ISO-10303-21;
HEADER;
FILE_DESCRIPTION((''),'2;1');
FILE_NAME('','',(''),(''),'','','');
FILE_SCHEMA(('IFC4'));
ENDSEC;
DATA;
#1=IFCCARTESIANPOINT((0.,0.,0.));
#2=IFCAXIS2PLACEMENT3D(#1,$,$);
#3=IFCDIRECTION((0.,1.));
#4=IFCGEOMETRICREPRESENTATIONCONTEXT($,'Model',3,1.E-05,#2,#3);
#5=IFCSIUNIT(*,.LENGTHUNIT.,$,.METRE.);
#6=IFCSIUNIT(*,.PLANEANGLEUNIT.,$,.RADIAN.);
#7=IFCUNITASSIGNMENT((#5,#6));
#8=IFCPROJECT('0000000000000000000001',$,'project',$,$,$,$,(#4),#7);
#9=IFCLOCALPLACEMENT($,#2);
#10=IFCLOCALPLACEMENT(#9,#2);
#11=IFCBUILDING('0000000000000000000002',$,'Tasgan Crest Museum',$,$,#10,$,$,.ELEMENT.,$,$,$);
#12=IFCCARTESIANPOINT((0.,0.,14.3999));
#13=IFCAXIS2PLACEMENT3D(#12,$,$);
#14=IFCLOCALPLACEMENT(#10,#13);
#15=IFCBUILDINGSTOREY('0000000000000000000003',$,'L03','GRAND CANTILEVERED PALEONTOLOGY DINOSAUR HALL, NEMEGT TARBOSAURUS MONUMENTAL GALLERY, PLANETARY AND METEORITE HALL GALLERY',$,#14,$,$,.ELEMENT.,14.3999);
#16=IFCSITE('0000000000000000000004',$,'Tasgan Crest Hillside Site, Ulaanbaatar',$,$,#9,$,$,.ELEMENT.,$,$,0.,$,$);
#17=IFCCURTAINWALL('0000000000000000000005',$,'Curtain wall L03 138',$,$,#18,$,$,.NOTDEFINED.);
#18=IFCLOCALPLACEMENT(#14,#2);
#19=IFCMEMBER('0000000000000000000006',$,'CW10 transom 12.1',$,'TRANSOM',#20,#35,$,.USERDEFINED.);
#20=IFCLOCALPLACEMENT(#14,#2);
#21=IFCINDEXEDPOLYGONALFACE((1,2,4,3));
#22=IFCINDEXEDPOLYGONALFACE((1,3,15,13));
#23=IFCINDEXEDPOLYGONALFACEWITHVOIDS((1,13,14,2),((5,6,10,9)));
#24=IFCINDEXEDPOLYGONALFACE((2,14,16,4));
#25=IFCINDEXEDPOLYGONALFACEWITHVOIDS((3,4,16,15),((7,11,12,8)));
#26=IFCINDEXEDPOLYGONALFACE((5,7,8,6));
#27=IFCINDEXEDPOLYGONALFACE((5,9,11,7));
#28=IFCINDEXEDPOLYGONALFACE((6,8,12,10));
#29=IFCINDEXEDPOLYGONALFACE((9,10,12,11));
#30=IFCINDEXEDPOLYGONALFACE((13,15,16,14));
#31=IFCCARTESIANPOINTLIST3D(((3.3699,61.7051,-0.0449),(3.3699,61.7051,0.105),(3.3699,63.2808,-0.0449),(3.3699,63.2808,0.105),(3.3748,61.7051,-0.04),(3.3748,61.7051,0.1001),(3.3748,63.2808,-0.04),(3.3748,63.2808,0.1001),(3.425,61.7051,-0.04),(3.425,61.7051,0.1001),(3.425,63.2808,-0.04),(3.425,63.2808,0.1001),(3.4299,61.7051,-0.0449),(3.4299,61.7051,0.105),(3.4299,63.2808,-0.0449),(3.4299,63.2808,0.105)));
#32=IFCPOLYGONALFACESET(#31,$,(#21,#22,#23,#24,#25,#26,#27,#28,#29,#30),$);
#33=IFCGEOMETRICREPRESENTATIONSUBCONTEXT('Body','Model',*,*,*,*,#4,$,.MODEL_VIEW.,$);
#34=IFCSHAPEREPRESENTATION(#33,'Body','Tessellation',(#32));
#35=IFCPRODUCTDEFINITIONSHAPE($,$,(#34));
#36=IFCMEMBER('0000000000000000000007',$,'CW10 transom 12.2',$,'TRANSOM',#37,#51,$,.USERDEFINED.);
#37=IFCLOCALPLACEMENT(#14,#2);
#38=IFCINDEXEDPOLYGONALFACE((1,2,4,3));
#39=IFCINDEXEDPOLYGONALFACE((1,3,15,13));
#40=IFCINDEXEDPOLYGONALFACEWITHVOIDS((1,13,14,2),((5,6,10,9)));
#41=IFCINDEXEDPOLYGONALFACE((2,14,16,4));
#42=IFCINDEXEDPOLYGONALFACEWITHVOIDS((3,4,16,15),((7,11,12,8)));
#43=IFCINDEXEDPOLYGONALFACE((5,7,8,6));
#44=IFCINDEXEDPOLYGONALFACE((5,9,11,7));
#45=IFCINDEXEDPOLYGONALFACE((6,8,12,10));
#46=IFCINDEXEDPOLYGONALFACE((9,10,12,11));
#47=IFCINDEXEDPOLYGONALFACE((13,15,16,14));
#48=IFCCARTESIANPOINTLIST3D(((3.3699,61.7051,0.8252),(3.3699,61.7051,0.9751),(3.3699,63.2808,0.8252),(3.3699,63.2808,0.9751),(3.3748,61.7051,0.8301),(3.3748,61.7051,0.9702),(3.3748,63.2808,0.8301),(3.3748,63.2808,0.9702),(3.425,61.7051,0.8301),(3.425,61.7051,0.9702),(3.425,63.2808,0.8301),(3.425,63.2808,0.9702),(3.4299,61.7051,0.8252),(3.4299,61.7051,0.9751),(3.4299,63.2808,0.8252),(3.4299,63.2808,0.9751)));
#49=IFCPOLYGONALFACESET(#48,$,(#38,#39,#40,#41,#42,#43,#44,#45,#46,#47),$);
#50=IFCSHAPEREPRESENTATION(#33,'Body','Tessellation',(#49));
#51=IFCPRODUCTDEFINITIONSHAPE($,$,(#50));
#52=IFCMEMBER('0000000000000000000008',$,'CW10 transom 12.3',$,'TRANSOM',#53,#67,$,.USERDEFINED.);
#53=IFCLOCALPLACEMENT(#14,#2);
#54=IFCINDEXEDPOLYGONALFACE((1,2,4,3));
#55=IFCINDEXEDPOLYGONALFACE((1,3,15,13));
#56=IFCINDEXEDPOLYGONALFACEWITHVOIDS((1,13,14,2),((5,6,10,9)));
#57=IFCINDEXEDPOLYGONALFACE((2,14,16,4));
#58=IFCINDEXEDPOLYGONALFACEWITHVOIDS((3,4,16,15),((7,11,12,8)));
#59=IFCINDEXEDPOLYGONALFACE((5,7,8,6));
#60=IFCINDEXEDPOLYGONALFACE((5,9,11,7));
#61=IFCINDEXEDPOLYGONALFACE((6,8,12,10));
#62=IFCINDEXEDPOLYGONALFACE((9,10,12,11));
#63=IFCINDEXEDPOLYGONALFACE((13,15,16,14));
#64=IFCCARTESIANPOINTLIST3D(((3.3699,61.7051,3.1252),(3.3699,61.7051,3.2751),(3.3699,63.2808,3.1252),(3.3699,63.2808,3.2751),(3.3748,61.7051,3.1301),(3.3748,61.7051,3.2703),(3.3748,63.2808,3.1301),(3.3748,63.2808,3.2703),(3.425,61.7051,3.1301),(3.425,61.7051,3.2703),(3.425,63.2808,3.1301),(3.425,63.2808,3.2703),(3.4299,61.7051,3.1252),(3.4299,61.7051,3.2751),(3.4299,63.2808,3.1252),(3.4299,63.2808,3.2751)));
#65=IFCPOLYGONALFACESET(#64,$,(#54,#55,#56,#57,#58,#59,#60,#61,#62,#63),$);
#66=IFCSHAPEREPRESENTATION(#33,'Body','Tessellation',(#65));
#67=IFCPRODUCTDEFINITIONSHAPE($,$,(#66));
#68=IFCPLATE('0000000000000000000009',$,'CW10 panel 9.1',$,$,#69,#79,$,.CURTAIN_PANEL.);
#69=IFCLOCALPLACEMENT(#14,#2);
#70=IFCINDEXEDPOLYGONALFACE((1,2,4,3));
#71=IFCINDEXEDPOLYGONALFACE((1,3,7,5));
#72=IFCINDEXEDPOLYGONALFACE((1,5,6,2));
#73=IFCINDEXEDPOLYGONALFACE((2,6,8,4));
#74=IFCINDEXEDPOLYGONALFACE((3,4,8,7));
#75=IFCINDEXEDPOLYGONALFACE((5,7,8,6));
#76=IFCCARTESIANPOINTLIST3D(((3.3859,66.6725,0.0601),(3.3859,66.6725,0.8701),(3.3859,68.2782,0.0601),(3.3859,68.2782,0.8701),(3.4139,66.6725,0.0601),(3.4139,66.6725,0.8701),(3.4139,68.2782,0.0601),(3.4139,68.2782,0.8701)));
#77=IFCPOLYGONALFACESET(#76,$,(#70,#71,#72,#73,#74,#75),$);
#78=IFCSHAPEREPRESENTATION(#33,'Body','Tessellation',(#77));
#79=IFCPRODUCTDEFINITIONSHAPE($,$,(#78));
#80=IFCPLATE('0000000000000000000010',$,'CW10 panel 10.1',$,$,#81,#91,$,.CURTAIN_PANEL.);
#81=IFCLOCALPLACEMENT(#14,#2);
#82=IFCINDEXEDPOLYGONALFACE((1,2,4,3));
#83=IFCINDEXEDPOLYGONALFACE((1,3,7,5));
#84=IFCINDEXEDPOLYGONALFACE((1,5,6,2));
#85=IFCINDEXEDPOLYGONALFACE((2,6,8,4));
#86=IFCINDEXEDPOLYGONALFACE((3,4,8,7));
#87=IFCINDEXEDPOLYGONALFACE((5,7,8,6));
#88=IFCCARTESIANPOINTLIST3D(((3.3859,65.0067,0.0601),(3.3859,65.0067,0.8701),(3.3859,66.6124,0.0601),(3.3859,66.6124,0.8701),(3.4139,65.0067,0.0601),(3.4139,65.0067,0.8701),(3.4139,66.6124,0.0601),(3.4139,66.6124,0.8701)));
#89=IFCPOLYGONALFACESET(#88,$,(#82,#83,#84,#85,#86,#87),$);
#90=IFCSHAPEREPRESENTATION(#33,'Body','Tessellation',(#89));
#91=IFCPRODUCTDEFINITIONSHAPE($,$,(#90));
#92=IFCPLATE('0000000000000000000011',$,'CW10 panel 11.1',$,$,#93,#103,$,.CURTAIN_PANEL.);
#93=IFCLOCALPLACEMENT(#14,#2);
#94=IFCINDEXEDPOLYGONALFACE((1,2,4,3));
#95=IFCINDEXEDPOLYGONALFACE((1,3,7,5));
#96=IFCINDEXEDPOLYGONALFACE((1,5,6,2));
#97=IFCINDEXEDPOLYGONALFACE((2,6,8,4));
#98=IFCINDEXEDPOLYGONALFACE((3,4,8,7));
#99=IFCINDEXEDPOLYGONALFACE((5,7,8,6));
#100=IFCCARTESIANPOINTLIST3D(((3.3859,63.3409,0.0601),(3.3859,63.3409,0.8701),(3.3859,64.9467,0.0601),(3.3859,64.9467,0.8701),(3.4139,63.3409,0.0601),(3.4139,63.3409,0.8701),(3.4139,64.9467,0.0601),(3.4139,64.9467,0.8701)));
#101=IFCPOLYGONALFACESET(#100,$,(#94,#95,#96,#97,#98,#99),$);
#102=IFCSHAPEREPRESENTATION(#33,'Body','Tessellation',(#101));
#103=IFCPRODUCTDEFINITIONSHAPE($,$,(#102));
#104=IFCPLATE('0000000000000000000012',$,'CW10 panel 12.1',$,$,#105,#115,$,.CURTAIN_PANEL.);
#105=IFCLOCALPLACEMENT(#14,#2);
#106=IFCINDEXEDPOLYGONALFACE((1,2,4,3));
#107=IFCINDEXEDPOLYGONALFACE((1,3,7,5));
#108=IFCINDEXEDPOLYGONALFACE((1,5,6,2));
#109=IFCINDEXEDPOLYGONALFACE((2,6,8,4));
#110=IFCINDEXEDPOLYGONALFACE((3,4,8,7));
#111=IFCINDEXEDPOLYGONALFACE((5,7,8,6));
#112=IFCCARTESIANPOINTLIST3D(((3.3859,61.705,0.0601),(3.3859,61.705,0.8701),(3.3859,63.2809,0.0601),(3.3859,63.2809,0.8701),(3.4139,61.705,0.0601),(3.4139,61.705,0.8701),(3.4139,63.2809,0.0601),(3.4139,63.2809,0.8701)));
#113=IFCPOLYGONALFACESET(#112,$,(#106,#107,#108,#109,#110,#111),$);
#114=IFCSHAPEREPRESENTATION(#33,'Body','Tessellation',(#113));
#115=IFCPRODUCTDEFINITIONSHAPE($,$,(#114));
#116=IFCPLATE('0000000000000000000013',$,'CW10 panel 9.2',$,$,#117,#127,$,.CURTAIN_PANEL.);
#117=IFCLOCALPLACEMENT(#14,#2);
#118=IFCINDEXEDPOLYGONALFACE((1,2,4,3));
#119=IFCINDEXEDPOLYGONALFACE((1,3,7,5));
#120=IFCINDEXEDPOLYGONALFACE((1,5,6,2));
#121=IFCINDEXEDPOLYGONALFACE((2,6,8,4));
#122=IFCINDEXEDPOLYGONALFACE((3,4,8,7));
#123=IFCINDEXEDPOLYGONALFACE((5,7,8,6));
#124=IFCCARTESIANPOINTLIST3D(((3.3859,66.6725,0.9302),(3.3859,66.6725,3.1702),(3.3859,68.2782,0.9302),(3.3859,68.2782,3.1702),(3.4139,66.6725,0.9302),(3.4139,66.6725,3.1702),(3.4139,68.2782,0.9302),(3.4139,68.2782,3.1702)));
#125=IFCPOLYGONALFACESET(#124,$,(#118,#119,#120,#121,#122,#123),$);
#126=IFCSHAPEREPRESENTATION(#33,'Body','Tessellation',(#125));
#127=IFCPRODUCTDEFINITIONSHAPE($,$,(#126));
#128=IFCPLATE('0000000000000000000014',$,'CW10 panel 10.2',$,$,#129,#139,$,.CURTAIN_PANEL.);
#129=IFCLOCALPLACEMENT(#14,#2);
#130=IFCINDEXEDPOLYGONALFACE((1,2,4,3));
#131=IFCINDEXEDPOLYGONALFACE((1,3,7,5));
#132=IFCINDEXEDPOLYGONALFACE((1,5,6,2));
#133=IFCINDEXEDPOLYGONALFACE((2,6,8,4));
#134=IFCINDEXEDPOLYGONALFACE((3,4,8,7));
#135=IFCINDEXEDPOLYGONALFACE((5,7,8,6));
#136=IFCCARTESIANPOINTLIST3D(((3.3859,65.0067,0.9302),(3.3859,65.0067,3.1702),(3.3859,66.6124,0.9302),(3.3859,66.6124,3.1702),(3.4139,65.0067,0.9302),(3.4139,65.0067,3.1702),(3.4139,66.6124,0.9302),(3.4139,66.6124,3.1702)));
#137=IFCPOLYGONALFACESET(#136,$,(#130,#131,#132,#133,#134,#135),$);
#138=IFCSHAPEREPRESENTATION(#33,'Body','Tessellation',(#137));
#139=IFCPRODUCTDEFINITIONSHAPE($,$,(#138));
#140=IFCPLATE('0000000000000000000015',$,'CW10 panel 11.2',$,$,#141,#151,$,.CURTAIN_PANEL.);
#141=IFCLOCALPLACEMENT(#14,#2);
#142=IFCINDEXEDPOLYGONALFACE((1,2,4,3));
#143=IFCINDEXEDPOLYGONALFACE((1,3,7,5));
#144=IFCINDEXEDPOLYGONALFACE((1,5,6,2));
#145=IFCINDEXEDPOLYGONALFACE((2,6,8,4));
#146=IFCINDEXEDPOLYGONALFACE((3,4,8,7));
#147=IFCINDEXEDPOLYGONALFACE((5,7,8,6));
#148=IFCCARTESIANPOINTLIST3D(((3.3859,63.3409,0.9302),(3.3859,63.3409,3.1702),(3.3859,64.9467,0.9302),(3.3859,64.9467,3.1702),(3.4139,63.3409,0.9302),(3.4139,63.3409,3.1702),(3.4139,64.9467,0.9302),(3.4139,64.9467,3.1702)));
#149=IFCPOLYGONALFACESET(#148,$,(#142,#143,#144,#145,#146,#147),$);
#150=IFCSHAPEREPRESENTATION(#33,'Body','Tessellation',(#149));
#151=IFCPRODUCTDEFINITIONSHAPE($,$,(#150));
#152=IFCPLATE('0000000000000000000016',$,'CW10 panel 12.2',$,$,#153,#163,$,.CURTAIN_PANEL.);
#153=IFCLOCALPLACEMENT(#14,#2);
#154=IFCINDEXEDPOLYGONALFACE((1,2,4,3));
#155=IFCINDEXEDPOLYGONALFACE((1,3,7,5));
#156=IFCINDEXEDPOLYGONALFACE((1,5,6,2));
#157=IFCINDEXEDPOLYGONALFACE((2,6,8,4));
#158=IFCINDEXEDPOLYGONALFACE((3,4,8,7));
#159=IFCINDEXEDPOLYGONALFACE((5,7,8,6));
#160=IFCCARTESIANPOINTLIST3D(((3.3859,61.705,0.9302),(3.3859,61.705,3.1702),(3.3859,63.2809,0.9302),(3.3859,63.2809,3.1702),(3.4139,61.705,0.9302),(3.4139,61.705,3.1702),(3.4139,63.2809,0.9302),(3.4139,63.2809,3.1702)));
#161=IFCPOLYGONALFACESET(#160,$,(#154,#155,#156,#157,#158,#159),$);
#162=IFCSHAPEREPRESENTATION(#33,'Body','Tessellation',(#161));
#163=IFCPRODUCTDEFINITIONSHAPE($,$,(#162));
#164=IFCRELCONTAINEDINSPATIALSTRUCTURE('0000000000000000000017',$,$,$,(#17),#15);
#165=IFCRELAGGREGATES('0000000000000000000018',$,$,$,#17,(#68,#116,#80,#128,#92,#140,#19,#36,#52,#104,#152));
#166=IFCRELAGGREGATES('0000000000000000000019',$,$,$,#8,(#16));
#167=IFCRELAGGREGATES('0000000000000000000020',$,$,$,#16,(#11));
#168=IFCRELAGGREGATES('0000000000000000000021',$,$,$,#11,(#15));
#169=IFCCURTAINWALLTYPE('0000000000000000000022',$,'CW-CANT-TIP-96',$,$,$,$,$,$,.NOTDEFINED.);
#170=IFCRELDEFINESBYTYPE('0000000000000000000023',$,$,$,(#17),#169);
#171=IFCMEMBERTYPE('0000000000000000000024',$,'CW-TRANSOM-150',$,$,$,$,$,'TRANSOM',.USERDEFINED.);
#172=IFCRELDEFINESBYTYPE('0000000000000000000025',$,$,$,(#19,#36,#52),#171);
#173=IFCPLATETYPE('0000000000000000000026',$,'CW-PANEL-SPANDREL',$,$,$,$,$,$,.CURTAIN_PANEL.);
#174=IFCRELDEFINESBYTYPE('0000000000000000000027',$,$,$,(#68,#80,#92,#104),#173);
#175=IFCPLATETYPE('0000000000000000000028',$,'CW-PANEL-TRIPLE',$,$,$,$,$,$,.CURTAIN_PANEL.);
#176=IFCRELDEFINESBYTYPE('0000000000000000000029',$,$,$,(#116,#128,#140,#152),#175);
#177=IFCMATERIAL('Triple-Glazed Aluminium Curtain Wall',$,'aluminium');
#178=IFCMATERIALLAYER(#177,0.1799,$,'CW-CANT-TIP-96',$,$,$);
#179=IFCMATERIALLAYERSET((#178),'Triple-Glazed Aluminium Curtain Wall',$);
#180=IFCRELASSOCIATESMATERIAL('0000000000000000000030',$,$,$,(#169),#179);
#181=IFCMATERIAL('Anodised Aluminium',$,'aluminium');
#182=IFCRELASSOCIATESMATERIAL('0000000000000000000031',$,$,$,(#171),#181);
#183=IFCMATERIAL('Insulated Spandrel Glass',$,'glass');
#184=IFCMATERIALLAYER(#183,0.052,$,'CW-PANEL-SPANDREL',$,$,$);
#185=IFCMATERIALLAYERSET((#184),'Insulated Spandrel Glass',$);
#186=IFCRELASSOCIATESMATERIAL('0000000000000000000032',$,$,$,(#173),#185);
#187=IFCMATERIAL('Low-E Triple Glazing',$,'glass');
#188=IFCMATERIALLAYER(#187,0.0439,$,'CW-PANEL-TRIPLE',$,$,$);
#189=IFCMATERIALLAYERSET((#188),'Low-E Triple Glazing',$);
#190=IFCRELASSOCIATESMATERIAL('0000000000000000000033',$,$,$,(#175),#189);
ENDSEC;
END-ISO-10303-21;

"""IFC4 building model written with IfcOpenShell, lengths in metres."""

from ifc_helpers import new_model, si_unit, direction, frame, origin, origin_2d, place, context, subcontext, project, spatial, rectangle, hollow_rectangle, extrude, material, layer, layer_set, material_profile, profile_set, type_object, element, aggregate, save


model = new_model("IFC4")

# Units and contexts
model_context = context("Model", 3, precision=1e-05, world=origin(), true_north=direction((0.0, 1.0)))
body_context = subcontext(model_context, "Body", "Model", "MODEL_VIEW")
ifc_project = project(units=[si_unit("LENGTHUNIT", "METRE"), si_unit("PLANEANGLEUNIT", "RADIAN")], contexts=[model_context])

# Site, building, storey
site_placement = place(None, origin())
site = spatial("IfcSite", under=ifc_project, at=site_placement, Name="Tasgan Crest Hillside Site, Ulaanbaatar", CompositionType="ELEMENT", RefElevation=0.0)
building_placement = place(site_placement, origin())
building = spatial("IfcBuilding", under=site, at=building_placement, Name="Tasgan Crest Museum", CompositionType="ELEMENT")
storey_placement = place(building_placement, frame((0.0, 0.0, 14.3999)))
storey = spatial("IfcBuildingStorey", under=building, at=storey_placement, Name="L03", Description="GRAND CANTILEVERED PALEONTOLOGY DINOSAUR HALL, NEMEGT TARBOSAURUS MONUMENTAL GALLERY, PLANETARY AND METEORITE HALL GALLERY", CompositionType="ELEMENT", Elevation=14.3999)

# Curtain wall, members, plates
ifc_material_1 = material(Name="Triple-Glazed Aluminium Curtain Wall", Category="aluminium")
ifc_layer_1 = layer(ifc_material_1, 0.1799, Name="CW-CANT-TIP-96")
ifc_layer_set_1 = layer_set([ifc_layer_1], Name="Triple-Glazed Aluminium Curtain Wall")
curtain_wall_type = type_object("IfcCurtainWallType", Name="CW-CANT-TIP-96", PredefinedType="NOTDEFINED", material=ifc_layer_set_1)
curtain_wall_placement = place(storey_placement, origin())
curtain_wall = element("IfcCurtainWall", 1, at=curtain_wall_placement, inside=storey, type_object=curtain_wall_type, Name="Curtain wall L03 138", PredefinedType="NOTDEFINED")
ifc_material_2 = material(Name="Anodised Aluminium", Category="aluminium")
ifc_material_profile_1 = material_profile(ifc_material_2, hollow_rectangle(XDim=0.0601, YDim=0.1499, WallThickness=0.0049, at=origin_2d()), Name="ALU TRANSOM 150x60x5")
ifc_profile_set_1 = profile_set([ifc_material_profile_1], Name="Anodised Aluminium")
member_type_1 = type_object("IfcMemberType", Name="CW-TRANSOM-150", ElementType="TRANSOM", PredefinedType="USERDEFINED", material=ifc_profile_set_1)
member_1_placement = place(storey_placement, frame((3.3999, 63.2808, 0.03), z_axis=(0.0, -1.0, 0.0), x_axis=(1.0, 0.0, 0.0)))
member_1 = element("IfcMember", 2, at=member_1_placement, type_object=member_type_1, Name="CW10 transom 12.1", ObjectType="TRANSOM", PredefinedType="USERDEFINED", context=body_context, shape_type="SweptSolid", body=[
    extrude(hollow_rectangle(XDim=0.0601, YDim=0.1499, WallThickness=0.0049, at=origin_2d()), origin(), (0.0, 0.0, 1.0), 1.5757),
])
member_2_placement = place(storey_placement, frame((3.3999, 63.2808, 0.9001), z_axis=(0.0, -1.0, 0.0), x_axis=(1.0, 0.0, 0.0)))
member_2 = element("IfcMember", 3, at=member_2_placement, type_object=member_type_1, Name="CW10 transom 12.2", ObjectType="TRANSOM", PredefinedType="USERDEFINED", context=body_context, shape_type="SweptSolid", body=[
    extrude(hollow_rectangle(XDim=0.0601, YDim=0.1499, WallThickness=0.0049, at=origin_2d()), origin(), (0.0, 0.0, 1.0), 1.5757),
])
member_3_placement = place(storey_placement, frame((3.3999, 63.2808, 3.2002), z_axis=(0.0, -1.0, 0.0), x_axis=(1.0, 0.0, 0.0)))
member_3 = element("IfcMember", 4, at=member_3_placement, type_object=member_type_1, Name="CW10 transom 12.3", ObjectType="TRANSOM", PredefinedType="USERDEFINED", context=body_context, shape_type="SweptSolid", body=[
    extrude(hollow_rectangle(XDim=0.0601, YDim=0.1499, WallThickness=0.0049, at=origin_2d()), origin(), (0.0, 0.0, 1.0), 1.5757),
])
ifc_material_3 = material(Name="Insulated Spandrel Glass", Category="glass")
ifc_layer_2 = layer(ifc_material_3, 0.052, Name="CW-PANEL-SPANDREL")
ifc_layer_set_2 = layer_set([ifc_layer_2], Name="Insulated Spandrel Glass")
plate_type_1 = type_object("IfcPlateType", Name="CW-PANEL-SPANDREL", PredefinedType="CURTAIN_PANEL", material=ifc_layer_set_2)
plate_1_placement = place(storey_placement, frame((3.3999, 67.4753, 0.0601), z_axis=(0.0, 0.0, 1.0), x_axis=(0.0, -1.0, 0.0)))
plate_1 = element("IfcPlate", 5, at=plate_1_placement, type_object=plate_type_1, Name="CW10 panel 9.1", PredefinedType="CURTAIN_PANEL", context=body_context, shape_type="SweptSolid", body=[
    extrude(rectangle(XDim=1.6057, YDim=0.0281, at=origin_2d()), origin(), (0.0, 0.0, 1.0), 0.8101),
])
plate_2_placement = place(storey_placement, frame((3.3999, 65.8096, 0.0601), z_axis=(0.0, 0.0, 1.0), x_axis=(0.0, -1.0, 0.0)))
plate_2 = element("IfcPlate", 6, at=plate_2_placement, type_object=plate_type_1, Name="CW10 panel 10.1", PredefinedType="CURTAIN_PANEL", context=body_context, shape_type="SweptSolid", body=[
    extrude(rectangle(XDim=1.6057, YDim=0.0281, at=origin_2d()), origin(), (0.0, 0.0, 1.0), 0.8101),
])
plate_3_placement = place(storey_placement, frame((3.3999, 64.1438, 0.0601), z_axis=(0.0, 0.0, 1.0), x_axis=(0.0, -1.0, 0.0)))
plate_3 = element("IfcPlate", 7, at=plate_3_placement, type_object=plate_type_1, Name="CW10 panel 11.1", PredefinedType="CURTAIN_PANEL", context=body_context, shape_type="SweptSolid", body=[
    extrude(rectangle(XDim=1.6057, YDim=0.0281, at=origin_2d()), origin(), (0.0, 0.0, 1.0), 0.8101),
])
plate_4_placement = place(storey_placement, frame((3.3999, 62.4929, 0.0601), z_axis=(0.0, 0.0, 1.0), x_axis=(0.0, -1.0, 0.0)))
plate_4 = element("IfcPlate", 8, at=plate_4_placement, type_object=plate_type_1, Name="CW10 panel 12.1", PredefinedType="CURTAIN_PANEL", context=body_context, shape_type="SweptSolid", body=[
    extrude(rectangle(XDim=1.5759, YDim=0.0281, at=origin_2d()), origin(), (0.0, 0.0, 1.0), 0.8101),
])
ifc_material_4 = material(Name="Low-E Triple Glazing", Category="glass")
ifc_layer_3 = layer(ifc_material_4, 0.0439, Name="CW-PANEL-TRIPLE")
ifc_layer_set_3 = layer_set([ifc_layer_3], Name="Low-E Triple Glazing")
plate_type_2 = type_object("IfcPlateType", Name="CW-PANEL-TRIPLE", PredefinedType="CURTAIN_PANEL", material=ifc_layer_set_3)
plate_5_placement = place(storey_placement, frame((3.3999, 67.4753, 0.9302), z_axis=(0.0, 0.0, 1.0), x_axis=(0.0, -1.0, 0.0)))
plate_5 = element("IfcPlate", 9, at=plate_5_placement, type_object=plate_type_2, Name="CW10 panel 9.2", PredefinedType="CURTAIN_PANEL", context=body_context, shape_type="SweptSolid", body=[
    extrude(rectangle(XDim=1.6057, YDim=0.0281, at=origin_2d()), origin(), (0.0, 0.0, 1.0), 2.24),
])
plate_6_placement = place(storey_placement, frame((3.3999, 65.8096, 0.9302), z_axis=(0.0, 0.0, 1.0), x_axis=(0.0, -1.0, 0.0)))
plate_6 = element("IfcPlate", 10, at=plate_6_placement, type_object=plate_type_2, Name="CW10 panel 10.2", PredefinedType="CURTAIN_PANEL", context=body_context, shape_type="SweptSolid", body=[
    extrude(rectangle(XDim=1.6057, YDim=0.0281, at=origin_2d()), origin(), (0.0, 0.0, 1.0), 2.24),
])
plate_7_placement = place(storey_placement, frame((3.3999, 64.1438, 0.9302), z_axis=(0.0, 0.0, 1.0), x_axis=(0.0, -1.0, 0.0)))
plate_7 = element("IfcPlate", 11, at=plate_7_placement, type_object=plate_type_2, Name="CW10 panel 11.2", PredefinedType="CURTAIN_PANEL", context=body_context, shape_type="SweptSolid", body=[
    extrude(rectangle(XDim=1.6057, YDim=0.0281, at=origin_2d()), origin(), (0.0, 0.0, 1.0), 2.24),
])
plate_8_placement = place(storey_placement, frame((3.3999, 62.4929, 0.9302), z_axis=(0.0, 0.0, 1.0), x_axis=(0.0, -1.0, 0.0)))
plate_8 = element("IfcPlate", 12, at=plate_8_placement, type_object=plate_type_2, Name="CW10 panel 12.2", PredefinedType="CURTAIN_PANEL", context=body_context, shape_type="SweptSolid", body=[
    extrude(rectangle(XDim=1.5759, YDim=0.0281, at=origin_2d()), origin(), (0.0, 0.0, 1.0), 2.24),
])
aggregate(curtain_wall, [plate_1, plate_5, plate_2, plate_6, plate_3, plate_7, member_1, member_2, member_3, plate_4, plate_8])

save(model, "model.ifc")
